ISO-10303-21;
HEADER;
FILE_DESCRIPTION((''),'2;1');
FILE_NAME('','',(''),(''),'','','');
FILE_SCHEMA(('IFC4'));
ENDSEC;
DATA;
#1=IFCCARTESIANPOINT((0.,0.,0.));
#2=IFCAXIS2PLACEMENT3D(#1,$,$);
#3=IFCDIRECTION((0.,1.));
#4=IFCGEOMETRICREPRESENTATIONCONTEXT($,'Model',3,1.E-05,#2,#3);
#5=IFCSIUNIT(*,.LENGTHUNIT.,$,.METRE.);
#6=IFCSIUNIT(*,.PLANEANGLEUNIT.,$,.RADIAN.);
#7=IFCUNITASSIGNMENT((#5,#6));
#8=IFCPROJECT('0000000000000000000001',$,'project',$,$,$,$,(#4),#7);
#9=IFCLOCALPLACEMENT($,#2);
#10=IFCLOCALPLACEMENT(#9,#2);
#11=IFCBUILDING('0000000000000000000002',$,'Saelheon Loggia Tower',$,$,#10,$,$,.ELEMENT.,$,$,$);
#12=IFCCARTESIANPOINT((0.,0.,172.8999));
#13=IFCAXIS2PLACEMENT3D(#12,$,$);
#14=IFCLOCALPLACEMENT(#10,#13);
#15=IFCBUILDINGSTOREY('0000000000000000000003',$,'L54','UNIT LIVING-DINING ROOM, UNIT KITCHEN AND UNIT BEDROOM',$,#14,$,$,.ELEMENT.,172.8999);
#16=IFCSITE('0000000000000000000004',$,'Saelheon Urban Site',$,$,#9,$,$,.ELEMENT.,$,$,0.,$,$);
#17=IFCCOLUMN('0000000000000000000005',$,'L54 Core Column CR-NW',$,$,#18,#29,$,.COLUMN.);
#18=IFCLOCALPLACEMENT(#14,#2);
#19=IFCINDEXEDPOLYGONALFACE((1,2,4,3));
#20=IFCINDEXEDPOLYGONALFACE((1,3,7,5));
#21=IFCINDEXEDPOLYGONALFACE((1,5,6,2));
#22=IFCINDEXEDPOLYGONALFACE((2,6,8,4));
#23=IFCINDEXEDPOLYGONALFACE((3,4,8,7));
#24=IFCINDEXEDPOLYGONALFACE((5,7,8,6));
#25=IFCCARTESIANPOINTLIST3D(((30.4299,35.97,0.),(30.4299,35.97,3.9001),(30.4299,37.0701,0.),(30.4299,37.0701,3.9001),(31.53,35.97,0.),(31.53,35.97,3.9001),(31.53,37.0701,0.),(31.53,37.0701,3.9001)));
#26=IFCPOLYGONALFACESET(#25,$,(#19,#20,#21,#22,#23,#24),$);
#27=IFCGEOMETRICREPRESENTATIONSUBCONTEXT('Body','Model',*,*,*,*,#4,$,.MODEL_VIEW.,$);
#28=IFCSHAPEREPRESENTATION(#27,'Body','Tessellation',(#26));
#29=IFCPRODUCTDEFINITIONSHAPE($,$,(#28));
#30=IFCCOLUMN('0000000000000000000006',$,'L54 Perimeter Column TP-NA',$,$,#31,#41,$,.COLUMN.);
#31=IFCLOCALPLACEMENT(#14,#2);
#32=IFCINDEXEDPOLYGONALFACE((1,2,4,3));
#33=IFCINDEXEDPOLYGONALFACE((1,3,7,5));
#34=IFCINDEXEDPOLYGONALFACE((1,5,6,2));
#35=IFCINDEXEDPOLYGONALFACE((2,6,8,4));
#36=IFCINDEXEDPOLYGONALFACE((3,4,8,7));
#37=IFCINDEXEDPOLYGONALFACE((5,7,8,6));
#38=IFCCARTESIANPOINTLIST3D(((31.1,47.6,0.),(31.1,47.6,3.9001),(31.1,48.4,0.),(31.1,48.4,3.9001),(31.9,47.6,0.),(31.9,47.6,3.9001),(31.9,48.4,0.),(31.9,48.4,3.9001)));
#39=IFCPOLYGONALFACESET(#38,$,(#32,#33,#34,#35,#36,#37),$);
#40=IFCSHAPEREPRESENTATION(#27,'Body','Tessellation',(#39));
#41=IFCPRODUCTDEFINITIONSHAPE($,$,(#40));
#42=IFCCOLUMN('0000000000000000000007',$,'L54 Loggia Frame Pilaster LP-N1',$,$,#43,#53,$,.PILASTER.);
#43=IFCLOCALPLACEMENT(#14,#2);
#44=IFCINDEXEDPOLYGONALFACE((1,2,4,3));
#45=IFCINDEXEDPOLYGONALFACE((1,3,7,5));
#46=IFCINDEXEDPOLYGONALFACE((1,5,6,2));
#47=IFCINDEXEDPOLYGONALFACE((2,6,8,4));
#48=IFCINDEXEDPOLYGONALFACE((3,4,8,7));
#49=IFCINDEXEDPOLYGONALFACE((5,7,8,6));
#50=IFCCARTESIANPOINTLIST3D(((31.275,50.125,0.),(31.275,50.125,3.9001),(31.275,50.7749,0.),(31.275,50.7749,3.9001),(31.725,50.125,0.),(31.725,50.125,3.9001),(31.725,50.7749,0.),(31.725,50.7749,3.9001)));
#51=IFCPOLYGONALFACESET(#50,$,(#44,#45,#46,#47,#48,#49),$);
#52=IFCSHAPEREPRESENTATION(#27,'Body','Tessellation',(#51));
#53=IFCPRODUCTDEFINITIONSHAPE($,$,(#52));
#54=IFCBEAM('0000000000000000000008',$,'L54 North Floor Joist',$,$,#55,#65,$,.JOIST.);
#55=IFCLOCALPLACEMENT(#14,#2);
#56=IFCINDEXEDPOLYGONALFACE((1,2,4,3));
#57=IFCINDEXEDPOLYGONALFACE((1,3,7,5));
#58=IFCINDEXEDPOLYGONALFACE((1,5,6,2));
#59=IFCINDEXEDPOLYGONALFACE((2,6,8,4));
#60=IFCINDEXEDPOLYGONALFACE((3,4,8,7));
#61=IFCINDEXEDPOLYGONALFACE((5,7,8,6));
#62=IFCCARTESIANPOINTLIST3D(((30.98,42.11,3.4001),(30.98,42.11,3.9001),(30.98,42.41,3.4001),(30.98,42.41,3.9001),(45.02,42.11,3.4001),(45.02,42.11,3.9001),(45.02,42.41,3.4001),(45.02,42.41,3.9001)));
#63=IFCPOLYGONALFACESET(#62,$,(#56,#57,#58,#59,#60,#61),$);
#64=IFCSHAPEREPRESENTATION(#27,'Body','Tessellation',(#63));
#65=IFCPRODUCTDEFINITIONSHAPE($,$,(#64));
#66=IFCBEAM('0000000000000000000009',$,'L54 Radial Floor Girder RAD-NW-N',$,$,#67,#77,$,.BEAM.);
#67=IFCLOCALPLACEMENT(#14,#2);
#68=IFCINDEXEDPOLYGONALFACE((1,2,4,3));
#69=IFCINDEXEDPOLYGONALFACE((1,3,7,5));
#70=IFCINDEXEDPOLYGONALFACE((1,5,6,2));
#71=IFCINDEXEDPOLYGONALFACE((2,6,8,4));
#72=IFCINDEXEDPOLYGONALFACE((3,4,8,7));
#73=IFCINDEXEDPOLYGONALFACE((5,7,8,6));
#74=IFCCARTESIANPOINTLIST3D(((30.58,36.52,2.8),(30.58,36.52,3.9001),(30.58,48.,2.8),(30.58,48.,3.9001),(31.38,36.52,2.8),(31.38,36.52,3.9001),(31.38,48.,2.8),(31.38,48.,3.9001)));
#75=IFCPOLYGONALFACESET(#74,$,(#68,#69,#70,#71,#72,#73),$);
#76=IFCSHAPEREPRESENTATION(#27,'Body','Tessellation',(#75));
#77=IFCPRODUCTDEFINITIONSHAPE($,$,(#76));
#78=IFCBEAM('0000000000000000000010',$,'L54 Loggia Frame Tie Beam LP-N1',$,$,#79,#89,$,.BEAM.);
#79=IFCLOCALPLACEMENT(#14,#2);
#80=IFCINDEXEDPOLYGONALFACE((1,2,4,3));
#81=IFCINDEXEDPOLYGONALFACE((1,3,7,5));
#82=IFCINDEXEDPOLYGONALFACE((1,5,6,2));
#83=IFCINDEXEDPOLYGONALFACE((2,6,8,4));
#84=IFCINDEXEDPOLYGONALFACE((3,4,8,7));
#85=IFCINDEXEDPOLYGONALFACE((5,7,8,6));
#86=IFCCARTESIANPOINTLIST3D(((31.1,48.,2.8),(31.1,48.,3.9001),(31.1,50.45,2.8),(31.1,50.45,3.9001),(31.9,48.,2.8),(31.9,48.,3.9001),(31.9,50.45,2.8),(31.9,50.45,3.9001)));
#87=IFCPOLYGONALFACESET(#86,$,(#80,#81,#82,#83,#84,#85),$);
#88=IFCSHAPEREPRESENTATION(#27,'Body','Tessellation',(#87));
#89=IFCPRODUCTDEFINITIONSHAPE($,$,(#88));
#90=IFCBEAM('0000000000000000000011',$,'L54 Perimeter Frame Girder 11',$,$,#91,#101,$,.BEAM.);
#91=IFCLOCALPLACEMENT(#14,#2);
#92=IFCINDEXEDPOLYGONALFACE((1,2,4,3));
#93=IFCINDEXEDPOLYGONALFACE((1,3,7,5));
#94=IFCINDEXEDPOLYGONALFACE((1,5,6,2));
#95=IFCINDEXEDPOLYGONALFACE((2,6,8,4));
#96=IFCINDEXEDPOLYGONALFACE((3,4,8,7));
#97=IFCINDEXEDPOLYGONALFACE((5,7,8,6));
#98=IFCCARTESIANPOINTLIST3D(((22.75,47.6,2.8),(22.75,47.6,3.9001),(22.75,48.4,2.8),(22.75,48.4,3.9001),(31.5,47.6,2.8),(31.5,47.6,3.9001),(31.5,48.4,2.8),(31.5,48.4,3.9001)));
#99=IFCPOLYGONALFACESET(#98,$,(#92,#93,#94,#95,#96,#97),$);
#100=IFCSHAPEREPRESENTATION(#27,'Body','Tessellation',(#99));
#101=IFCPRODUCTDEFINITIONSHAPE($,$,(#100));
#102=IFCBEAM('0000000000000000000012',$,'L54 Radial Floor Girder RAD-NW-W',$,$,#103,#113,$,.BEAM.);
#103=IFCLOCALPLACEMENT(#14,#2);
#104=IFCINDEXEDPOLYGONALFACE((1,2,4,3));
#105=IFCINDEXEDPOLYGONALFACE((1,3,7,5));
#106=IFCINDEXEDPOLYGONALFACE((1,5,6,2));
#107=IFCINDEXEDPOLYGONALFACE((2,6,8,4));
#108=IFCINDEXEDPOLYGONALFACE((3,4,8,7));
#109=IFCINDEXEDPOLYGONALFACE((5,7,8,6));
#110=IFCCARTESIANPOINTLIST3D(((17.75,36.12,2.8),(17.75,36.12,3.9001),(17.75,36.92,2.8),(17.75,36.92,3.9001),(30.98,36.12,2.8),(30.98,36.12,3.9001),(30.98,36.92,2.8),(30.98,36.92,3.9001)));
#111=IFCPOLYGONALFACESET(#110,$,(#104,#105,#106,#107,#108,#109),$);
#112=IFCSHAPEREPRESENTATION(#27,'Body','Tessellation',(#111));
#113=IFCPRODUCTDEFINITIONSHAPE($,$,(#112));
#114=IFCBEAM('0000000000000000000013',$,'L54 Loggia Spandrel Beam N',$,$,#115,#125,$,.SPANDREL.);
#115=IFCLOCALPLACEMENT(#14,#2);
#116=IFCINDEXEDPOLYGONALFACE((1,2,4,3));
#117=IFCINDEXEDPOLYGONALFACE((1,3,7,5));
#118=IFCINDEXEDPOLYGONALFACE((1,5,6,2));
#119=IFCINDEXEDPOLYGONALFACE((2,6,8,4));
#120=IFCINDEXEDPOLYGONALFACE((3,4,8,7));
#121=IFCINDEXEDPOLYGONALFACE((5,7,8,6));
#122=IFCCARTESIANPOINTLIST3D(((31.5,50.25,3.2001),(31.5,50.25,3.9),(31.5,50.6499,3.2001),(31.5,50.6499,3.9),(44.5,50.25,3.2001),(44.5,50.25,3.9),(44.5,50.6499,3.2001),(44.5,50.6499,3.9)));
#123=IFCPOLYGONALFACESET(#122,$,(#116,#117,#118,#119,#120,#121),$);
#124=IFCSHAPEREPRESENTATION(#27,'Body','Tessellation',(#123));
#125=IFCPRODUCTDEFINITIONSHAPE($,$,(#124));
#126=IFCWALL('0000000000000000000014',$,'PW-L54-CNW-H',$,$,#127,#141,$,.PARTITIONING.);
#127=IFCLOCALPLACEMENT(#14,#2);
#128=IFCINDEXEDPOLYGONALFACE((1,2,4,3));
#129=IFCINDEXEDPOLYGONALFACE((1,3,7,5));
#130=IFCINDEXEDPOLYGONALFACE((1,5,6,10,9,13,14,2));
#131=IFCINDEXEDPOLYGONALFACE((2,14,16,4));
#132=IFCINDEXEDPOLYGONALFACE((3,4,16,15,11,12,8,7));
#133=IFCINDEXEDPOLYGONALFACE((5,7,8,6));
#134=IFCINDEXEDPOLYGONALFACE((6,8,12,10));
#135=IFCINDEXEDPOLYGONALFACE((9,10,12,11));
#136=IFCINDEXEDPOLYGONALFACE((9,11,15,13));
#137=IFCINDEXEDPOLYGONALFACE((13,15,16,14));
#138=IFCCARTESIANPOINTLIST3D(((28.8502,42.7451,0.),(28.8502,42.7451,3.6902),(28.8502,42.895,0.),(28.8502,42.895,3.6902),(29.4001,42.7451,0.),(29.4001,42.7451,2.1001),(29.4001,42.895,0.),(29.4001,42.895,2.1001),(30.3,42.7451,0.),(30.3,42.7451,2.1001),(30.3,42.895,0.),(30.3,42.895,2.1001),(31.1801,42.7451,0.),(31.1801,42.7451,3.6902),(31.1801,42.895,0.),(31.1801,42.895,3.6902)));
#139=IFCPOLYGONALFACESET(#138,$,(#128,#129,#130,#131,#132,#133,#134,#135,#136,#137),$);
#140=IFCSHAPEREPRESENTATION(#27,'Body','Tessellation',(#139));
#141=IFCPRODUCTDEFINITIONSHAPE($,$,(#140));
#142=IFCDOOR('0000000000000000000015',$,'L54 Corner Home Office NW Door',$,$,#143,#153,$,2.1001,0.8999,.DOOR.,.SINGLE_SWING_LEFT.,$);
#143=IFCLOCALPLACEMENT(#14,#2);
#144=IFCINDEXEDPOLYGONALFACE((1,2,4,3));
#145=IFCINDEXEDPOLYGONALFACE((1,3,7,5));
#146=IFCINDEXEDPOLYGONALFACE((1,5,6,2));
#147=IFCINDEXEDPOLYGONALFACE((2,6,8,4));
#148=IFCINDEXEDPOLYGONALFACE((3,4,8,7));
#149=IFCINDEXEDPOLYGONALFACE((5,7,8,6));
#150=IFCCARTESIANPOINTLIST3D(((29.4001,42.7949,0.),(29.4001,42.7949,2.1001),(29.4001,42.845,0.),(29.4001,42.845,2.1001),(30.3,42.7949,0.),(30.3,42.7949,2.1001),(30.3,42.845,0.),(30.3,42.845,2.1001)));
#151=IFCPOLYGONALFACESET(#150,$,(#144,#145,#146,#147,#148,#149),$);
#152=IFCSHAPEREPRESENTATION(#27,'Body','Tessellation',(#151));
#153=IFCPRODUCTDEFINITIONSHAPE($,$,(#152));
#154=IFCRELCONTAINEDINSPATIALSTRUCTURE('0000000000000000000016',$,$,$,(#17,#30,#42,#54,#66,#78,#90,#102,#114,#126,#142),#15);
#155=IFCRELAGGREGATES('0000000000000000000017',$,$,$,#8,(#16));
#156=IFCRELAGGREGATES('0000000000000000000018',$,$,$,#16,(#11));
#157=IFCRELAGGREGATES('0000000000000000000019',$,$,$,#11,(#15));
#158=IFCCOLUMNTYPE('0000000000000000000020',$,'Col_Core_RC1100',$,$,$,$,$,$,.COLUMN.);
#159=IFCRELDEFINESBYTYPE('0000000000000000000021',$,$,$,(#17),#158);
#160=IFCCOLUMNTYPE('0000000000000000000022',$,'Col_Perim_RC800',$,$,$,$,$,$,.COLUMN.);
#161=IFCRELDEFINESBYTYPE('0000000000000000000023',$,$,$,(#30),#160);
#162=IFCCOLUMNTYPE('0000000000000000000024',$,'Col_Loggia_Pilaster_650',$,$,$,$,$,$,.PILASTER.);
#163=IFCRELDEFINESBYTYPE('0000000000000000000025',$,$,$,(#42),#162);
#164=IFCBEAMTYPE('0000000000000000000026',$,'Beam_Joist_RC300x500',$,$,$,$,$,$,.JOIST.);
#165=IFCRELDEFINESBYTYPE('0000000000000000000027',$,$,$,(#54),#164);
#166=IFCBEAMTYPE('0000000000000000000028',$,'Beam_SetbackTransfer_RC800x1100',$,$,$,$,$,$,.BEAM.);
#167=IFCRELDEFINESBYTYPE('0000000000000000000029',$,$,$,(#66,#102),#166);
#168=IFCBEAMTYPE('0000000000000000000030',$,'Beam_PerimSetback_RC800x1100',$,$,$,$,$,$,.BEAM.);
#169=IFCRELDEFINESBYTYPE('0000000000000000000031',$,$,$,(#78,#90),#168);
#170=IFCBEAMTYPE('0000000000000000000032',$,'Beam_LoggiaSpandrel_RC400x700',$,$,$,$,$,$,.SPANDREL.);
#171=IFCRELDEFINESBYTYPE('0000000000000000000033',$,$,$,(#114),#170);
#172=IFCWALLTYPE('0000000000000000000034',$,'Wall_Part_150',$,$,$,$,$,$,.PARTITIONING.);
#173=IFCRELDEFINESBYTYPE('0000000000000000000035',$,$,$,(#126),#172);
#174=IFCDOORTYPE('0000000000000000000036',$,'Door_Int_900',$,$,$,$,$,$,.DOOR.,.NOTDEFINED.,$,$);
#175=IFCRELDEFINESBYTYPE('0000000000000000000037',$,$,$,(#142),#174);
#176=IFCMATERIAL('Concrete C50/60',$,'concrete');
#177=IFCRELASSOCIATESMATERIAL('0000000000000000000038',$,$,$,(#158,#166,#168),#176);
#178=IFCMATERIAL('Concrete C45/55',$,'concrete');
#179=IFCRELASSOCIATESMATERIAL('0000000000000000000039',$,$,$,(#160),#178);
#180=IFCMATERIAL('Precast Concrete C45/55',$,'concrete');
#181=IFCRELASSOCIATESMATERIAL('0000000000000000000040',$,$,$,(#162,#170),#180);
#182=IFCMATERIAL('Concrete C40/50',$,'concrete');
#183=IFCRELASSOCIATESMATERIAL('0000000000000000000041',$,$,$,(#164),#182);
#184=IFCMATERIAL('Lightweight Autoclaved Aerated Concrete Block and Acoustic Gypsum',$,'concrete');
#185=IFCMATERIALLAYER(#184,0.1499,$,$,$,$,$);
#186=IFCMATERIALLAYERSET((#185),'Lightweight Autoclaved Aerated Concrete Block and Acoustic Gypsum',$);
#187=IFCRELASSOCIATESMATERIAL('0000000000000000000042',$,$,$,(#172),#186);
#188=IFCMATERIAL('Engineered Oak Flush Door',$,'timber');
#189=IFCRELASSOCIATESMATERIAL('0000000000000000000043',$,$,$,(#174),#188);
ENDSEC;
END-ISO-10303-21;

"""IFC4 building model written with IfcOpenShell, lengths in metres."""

from ifc_helpers import new_model, si_unit, direction, frame, frame_2d, origin, origin_2d, place, context, subcontext, project, spatial, rectangle, extrude, source, transform, mapped, material, layer, layer_set, material_profile, profile_set, type_object, element, fill, save


model = new_model("IFC4")

# Units and contexts
model_context = context("Model", 3, precision=1e-05, world=origin(), true_north=direction((0.0, 1.0)))
body_context = subcontext(model_context, "Body", "Model", "MODEL_VIEW")
ifc_project = project(units=[si_unit("LENGTHUNIT", "METRE"), si_unit("PLANEANGLEUNIT", "RADIAN")], contexts=[model_context])

# Site, building, storey
site_placement = place(None, origin())
site = spatial("IfcSite", under=ifc_project, at=site_placement, Name="Saelheon Urban Site", CompositionType="ELEMENT", RefElevation=0.0)
building_placement = place(site_placement, origin())
building = spatial("IfcBuilding", under=site, at=building_placement, Name="Saelheon Loggia Tower", CompositionType="ELEMENT")
storey_placement = place(building_placement, frame((0.0, 0.0, 172.8999)))
storey = spatial("IfcBuildingStorey", under=building, at=storey_placement, Name="L54", Description="UNIT LIVING-DINING ROOM, UNIT KITCHEN AND UNIT BEDROOM", CompositionType="ELEMENT", Elevation=172.8999)

# Columns
ifc_material_1 = material(Name="Concrete C50/60", Category="concrete")
ifc_material_profile_1 = material_profile(ifc_material_1, rectangle(XDim=1.1001, YDim=1.1001, at=origin_2d()), Name="RC-1100x1100")
ifc_profile_set_1 = profile_set([ifc_material_profile_1], Name="Concrete C50/60")
column_type_1 = type_object("IfcColumnType", Name="Col_Core_RC1100", PredefinedType="COLUMN", material=ifc_profile_set_1)
shared_shape_1 = source(origin(), body_context, "Body", "SweptSolid", [
    extrude(rectangle(XDim=1.1001, YDim=1.1001, at=origin_2d()), origin(), (0.0, 0.0, 1.0), 3.9001),
])
column_1_placement = place(storey_placement, frame((30.98, 36.52, 0.0), z_axis=(0.0, 0.0, 1.0), x_axis=(1.0, 0.0, 0.0)))
element("IfcColumn", 1, at=column_1_placement, inside=storey, type_object=column_type_1, Name="L54 Core Column CR-NW", PredefinedType="COLUMN", context=body_context, shape_type="MappedRepresentation", body=[
    mapped(shared_shape_1, transform((0.0, 0.0, 0.0), scale=1.0)),
])
ifc_material_2 = material(Name="Concrete C45/55", Category="concrete")
ifc_material_profile_2 = material_profile(ifc_material_2, rectangle(XDim=0.8, YDim=0.8, at=origin_2d()), Name="RC-800x800")
ifc_profile_set_2 = profile_set([ifc_material_profile_2], Name="Concrete C45/55")
column_type_2 = type_object("IfcColumnType", Name="Col_Perim_RC800", PredefinedType="COLUMN", material=ifc_profile_set_2)
shared_shape_2 = source(origin(), body_context, "Body", "SweptSolid", [
    extrude(rectangle(XDim=0.8, YDim=0.8, at=origin_2d()), origin(), (0.0, 0.0, 1.0), 3.9001),
])
column_2_placement = place(storey_placement, frame((31.5, 48.0, 0.0), z_axis=(0.0, 0.0, 1.0), x_axis=(1.0, 0.0, 0.0)))
element("IfcColumn", 2, at=column_2_placement, inside=storey, type_object=column_type_2, Name="L54 Perimeter Column TP-NA", PredefinedType="COLUMN", context=body_context, shape_type="MappedRepresentation", body=[
    mapped(shared_shape_2, transform((0.0, 0.0, 0.0), scale=1.0)),
])
ifc_material_3 = material(Name="Precast Concrete C45/55", Category="concrete")
ifc_material_profile_3 = material_profile(ifc_material_3, rectangle(XDim=0.45, YDim=0.6499, at=origin_2d()), Name="RC-450x650")
ifc_profile_set_3 = profile_set([ifc_material_profile_3], Name="Precast Concrete C45/55")
column_type_3 = type_object("IfcColumnType", Name="Col_Loggia_Pilaster_650", PredefinedType="PILASTER", material=ifc_profile_set_3)
shared_shape_3 = source(origin(), body_context, "Body", "SweptSolid", [
    extrude(rectangle(XDim=0.45, YDim=0.6499, at=origin_2d()), origin(), (0.0, 0.0, 1.0), 3.9001),
])
column_3_placement = place(storey_placement, frame((31.5, 50.45, 0.0), z_axis=(0.0, 0.0, 1.0), x_axis=(1.0, 0.0, 0.0)))
element("IfcColumn", 3, at=column_3_placement, inside=storey, type_object=column_type_3, Name="L54 Loggia Frame Pilaster LP-N1", PredefinedType="PILASTER", context=body_context, shape_type="MappedRepresentation", body=[
    mapped(shared_shape_3, transform((0.0, 0.0, 0.0), scale=1.0)),
])

# Beams
ifc_material_4 = material(Name="Concrete C40/50", Category="concrete")
ifc_material_profile_4 = material_profile(ifc_material_4, rectangle(XDim=0.3, YDim=0.5, at=origin_2d()), Name="RC-300x500")
ifc_profile_set_4 = profile_set([ifc_material_profile_4], Name="Concrete C40/50")
beam_type_1 = type_object("IfcBeamType", Name="Beam_Joist_RC300x500", PredefinedType="JOIST", material=ifc_profile_set_4)
shared_shape_4 = source(origin(), body_context, "Body", "SweptSolid", [
    extrude(rectangle(XDim=0.3, YDim=0.5, at=origin_2d()), origin(), (0.0, 0.0, 1.0), 14.04),
])
beam_1_placement = place(storey_placement, frame((30.98, 42.26, 3.6501), z_axis=(1.0, 0.0, 0.0), x_axis=(0.0, 1.0, 0.0)))
element("IfcBeam", 4, at=beam_1_placement, inside=storey, type_object=beam_type_1, Name="L54 North Floor Joist", PredefinedType="JOIST", context=body_context, shape_type="MappedRepresentation", body=[
    mapped(shared_shape_4, transform((0.0, 0.0, 0.0), scale=1.0)),
])
ifc_material_profile_5 = material_profile(ifc_material_1, rectangle(XDim=0.8, YDim=1.1001, at=origin_2d()), Name="RC-800x1100")
ifc_profile_set_5 = profile_set([ifc_material_profile_5], Name="Concrete C50/60")
beam_type_2 = type_object("IfcBeamType", Name="Beam_SetbackTransfer_RC800x1100", PredefinedType="BEAM", material=ifc_profile_set_5)
shared_shape_5 = source(origin(), body_context, "Body", "SweptSolid", [
    extrude(rectangle(XDim=0.8, YDim=1.1001, at=origin_2d()), origin(), (0.0, 0.0, 1.0), 11.48),
])
beam_2_placement = place(storey_placement, frame((30.98, 36.52, 3.3501), z_axis=(0.0, 1.0, 0.0), x_axis=(-1.0, 0.0, 0.0)))
element("IfcBeam", 5, at=beam_2_placement, inside=storey, type_object=beam_type_2, Name="L54 Radial Floor Girder RAD-NW-N", PredefinedType="BEAM", context=body_context, shape_type="MappedRepresentation", body=[
    mapped(shared_shape_5, transform((0.0, 0.0, 0.0), scale=1.0)),
])
ifc_material_profile_6 = material_profile(ifc_material_1, rectangle(XDim=0.8, YDim=1.1001, at=origin_2d()), Name="RC-800x1100")
ifc_profile_set_6 = profile_set([ifc_material_profile_6], Name="Concrete C50/60")
beam_type_3 = type_object("IfcBeamType", Name="Beam_PerimSetback_RC800x1100", PredefinedType="BEAM", material=ifc_profile_set_6)
shared_shape_6 = source(origin(), body_context, "Body", "SweptSolid", [
    extrude(rectangle(XDim=0.8, YDim=1.1001, at=origin_2d()), origin(), (0.0, 0.0, 1.0), 2.45),
])
beam_3_placement = place(storey_placement, frame((31.5, 48.0, 3.3501), z_axis=(0.0, 1.0, 0.0), x_axis=(-1.0, 0.0, 0.0)))
element("IfcBeam", 6, at=beam_3_placement, inside=storey, type_object=beam_type_3, Name="L54 Loggia Frame Tie Beam LP-N1", PredefinedType="BEAM", context=body_context, shape_type="MappedRepresentation", body=[
    mapped(shared_shape_6, transform((0.0, 0.0, 0.0), scale=1.0)),
])
shared_shape_7 = source(origin(), body_context, "Body", "SweptSolid", [
    extrude(rectangle(XDim=0.8, YDim=1.1001, at=origin_2d()), origin(), (0.0, 0.0, 1.0), 8.75),
])
beam_4_placement = place(storey_placement, frame((31.5, 48.0, 3.3501), z_axis=(-1.0, 0.0, 0.0), x_axis=(0.0, -1.0, 0.0)))
element("IfcBeam", 7, at=beam_4_placement, inside=storey, type_object=beam_type_3, Name="L54 Perimeter Frame Girder 11", PredefinedType="BEAM", context=body_context, shape_type="MappedRepresentation", body=[
    mapped(shared_shape_7, transform((0.0, 0.0, 0.0), scale=1.0)),
])
shared_shape_8 = source(origin(), body_context, "Body", "SweptSolid", [
    extrude(rectangle(XDim=0.8, YDim=1.1001, at=origin_2d()), origin(), (0.0, 0.0, 1.0), 13.23),
])
beam_5_placement = place(storey_placement, frame((30.98, 36.52, 3.3501), z_axis=(-1.0, 0.0, 0.0), x_axis=(0.0, -1.0, 0.0)))
element("IfcBeam", 8, at=beam_5_placement, inside=storey, type_object=beam_type_2, Name="L54 Radial Floor Girder RAD-NW-W", PredefinedType="BEAM", context=body_context, shape_type="MappedRepresentation", body=[
    mapped(shared_shape_8, transform((0.0, 0.0, 0.0), scale=1.0)),
])
ifc_material_profile_7 = material_profile(ifc_material_3, rectangle(XDim=0.3999, YDim=0.7, at=origin_2d()), Name="RC-400x700")
ifc_profile_set_7 = profile_set([ifc_material_profile_7], Name="Precast Concrete C45/55")
beam_type_4 = type_object("IfcBeamType", Name="Beam_LoggiaSpandrel_RC400x700", PredefinedType="SPANDREL", material=ifc_profile_set_7)
shared_shape_9 = source(origin(), body_context, "Body", "SweptSolid", [
    extrude(rectangle(XDim=0.3999, YDim=0.7, at=origin_2d()), origin(), (0.0, 0.0, 1.0), 13.0),
])
beam_6_placement = place(storey_placement, frame((31.5, 50.45, 3.55), z_axis=(1.0, 0.0, 0.0), x_axis=(0.0, 1.0, 0.0)))
element("IfcBeam", 9, at=beam_6_placement, inside=storey, type_object=beam_type_4, Name="L54 Loggia Spandrel Beam N", PredefinedType="SPANDREL", context=body_context, shape_type="MappedRepresentation", body=[
    mapped(shared_shape_9, transform((0.0, 0.0, 0.0), scale=1.0)),
])

# Wall, opening, door
ifc_material_5 = material(Name="Lightweight Autoclaved Aerated Concrete Block and Acoustic Gypsum", Category="concrete")
ifc_layer_1 = layer(ifc_material_5, 0.1499)
ifc_layer_set_1 = layer_set([ifc_layer_1], Name="Lightweight Autoclaved Aerated Concrete Block and Acoustic Gypsum")
wall_type_1 = type_object("IfcWallType", Name="Wall_Part_150", PredefinedType="PARTITIONING", material=ifc_layer_set_1)
wall_1_placement = place(storey_placement, frame((28.8501, 42.8201, 0.0), z_axis=(0.0, 0.0, 1.0), x_axis=(1.0, 0.0, 0.0)))
wall_1 = element("IfcWall", 10, at=wall_1_placement, inside=storey, type_object=wall_type_1, Name="PW-L54-CNW-H", PredefinedType="PARTITIONING", context=body_context, shape_type="SweptSolid", body=[
    extrude(rectangle(XDim=2.3298, YDim=0.1499, at=frame_2d((1.165, 0.0))), origin(), (0.0, 0.0, 1.0), 3.6902),
])
opening_1_placement = place(wall_1_placement, frame((0.55, 0.0, 0.0)))
opening_1 = element("IfcOpeningElement", 11, at=opening_1_placement, cuts=wall_1, PredefinedType="OPENING", context=body_context, shape_type="SweptSolid", body=[
    extrude(rectangle(XDim=0.8999, YDim=2.1001, at=frame_2d((0.45, 1.05))), frame((0.0, 0.0869, 0.0), z_axis=(0.0, -1.0, 0.0), x_axis=(1.0, 0.0, 0.0)), (0.0, 0.0, 1.0), 0.1738),
])
ifc_material_6 = material(Name="Engineered Oak Flush Door", Category="timber")
door_type_1 = type_object("IfcDoorType", Name="Door_Int_900", OperationType="NOTDEFINED", PredefinedType="DOOR", material=ifc_material_6)
shared_shape_10 = source(origin(), body_context, "Body", "SweptSolid", [
    extrude(rectangle(XDim=0.8999, YDim=2.1001, at=frame_2d((0.45, 1.05))), frame((0.0, 0.0249, 0.0), z_axis=(0.0, -1.0, 0.0), x_axis=(1.0, 0.0, 0.0)), (0.0, 0.0, 1.0), 0.05),
])
door_1_placement = place(opening_1_placement, origin())
door_1 = element("IfcDoor", 12, at=door_1_placement, inside=storey, type_object=door_type_1, Name="L54 Corner Home Office NW Door", OperationType="SINGLE_SWING_LEFT", OverallHeight=2.1001, OverallWidth=0.8999, PredefinedType="DOOR", context=body_context, shape_type="MappedRepresentation", body=[
    mapped(shared_shape_10, transform((0.0, 0.0, 0.0), scale=1.0)),
])
fill(opening_1, door_1)

save(model, "model.ifc")
